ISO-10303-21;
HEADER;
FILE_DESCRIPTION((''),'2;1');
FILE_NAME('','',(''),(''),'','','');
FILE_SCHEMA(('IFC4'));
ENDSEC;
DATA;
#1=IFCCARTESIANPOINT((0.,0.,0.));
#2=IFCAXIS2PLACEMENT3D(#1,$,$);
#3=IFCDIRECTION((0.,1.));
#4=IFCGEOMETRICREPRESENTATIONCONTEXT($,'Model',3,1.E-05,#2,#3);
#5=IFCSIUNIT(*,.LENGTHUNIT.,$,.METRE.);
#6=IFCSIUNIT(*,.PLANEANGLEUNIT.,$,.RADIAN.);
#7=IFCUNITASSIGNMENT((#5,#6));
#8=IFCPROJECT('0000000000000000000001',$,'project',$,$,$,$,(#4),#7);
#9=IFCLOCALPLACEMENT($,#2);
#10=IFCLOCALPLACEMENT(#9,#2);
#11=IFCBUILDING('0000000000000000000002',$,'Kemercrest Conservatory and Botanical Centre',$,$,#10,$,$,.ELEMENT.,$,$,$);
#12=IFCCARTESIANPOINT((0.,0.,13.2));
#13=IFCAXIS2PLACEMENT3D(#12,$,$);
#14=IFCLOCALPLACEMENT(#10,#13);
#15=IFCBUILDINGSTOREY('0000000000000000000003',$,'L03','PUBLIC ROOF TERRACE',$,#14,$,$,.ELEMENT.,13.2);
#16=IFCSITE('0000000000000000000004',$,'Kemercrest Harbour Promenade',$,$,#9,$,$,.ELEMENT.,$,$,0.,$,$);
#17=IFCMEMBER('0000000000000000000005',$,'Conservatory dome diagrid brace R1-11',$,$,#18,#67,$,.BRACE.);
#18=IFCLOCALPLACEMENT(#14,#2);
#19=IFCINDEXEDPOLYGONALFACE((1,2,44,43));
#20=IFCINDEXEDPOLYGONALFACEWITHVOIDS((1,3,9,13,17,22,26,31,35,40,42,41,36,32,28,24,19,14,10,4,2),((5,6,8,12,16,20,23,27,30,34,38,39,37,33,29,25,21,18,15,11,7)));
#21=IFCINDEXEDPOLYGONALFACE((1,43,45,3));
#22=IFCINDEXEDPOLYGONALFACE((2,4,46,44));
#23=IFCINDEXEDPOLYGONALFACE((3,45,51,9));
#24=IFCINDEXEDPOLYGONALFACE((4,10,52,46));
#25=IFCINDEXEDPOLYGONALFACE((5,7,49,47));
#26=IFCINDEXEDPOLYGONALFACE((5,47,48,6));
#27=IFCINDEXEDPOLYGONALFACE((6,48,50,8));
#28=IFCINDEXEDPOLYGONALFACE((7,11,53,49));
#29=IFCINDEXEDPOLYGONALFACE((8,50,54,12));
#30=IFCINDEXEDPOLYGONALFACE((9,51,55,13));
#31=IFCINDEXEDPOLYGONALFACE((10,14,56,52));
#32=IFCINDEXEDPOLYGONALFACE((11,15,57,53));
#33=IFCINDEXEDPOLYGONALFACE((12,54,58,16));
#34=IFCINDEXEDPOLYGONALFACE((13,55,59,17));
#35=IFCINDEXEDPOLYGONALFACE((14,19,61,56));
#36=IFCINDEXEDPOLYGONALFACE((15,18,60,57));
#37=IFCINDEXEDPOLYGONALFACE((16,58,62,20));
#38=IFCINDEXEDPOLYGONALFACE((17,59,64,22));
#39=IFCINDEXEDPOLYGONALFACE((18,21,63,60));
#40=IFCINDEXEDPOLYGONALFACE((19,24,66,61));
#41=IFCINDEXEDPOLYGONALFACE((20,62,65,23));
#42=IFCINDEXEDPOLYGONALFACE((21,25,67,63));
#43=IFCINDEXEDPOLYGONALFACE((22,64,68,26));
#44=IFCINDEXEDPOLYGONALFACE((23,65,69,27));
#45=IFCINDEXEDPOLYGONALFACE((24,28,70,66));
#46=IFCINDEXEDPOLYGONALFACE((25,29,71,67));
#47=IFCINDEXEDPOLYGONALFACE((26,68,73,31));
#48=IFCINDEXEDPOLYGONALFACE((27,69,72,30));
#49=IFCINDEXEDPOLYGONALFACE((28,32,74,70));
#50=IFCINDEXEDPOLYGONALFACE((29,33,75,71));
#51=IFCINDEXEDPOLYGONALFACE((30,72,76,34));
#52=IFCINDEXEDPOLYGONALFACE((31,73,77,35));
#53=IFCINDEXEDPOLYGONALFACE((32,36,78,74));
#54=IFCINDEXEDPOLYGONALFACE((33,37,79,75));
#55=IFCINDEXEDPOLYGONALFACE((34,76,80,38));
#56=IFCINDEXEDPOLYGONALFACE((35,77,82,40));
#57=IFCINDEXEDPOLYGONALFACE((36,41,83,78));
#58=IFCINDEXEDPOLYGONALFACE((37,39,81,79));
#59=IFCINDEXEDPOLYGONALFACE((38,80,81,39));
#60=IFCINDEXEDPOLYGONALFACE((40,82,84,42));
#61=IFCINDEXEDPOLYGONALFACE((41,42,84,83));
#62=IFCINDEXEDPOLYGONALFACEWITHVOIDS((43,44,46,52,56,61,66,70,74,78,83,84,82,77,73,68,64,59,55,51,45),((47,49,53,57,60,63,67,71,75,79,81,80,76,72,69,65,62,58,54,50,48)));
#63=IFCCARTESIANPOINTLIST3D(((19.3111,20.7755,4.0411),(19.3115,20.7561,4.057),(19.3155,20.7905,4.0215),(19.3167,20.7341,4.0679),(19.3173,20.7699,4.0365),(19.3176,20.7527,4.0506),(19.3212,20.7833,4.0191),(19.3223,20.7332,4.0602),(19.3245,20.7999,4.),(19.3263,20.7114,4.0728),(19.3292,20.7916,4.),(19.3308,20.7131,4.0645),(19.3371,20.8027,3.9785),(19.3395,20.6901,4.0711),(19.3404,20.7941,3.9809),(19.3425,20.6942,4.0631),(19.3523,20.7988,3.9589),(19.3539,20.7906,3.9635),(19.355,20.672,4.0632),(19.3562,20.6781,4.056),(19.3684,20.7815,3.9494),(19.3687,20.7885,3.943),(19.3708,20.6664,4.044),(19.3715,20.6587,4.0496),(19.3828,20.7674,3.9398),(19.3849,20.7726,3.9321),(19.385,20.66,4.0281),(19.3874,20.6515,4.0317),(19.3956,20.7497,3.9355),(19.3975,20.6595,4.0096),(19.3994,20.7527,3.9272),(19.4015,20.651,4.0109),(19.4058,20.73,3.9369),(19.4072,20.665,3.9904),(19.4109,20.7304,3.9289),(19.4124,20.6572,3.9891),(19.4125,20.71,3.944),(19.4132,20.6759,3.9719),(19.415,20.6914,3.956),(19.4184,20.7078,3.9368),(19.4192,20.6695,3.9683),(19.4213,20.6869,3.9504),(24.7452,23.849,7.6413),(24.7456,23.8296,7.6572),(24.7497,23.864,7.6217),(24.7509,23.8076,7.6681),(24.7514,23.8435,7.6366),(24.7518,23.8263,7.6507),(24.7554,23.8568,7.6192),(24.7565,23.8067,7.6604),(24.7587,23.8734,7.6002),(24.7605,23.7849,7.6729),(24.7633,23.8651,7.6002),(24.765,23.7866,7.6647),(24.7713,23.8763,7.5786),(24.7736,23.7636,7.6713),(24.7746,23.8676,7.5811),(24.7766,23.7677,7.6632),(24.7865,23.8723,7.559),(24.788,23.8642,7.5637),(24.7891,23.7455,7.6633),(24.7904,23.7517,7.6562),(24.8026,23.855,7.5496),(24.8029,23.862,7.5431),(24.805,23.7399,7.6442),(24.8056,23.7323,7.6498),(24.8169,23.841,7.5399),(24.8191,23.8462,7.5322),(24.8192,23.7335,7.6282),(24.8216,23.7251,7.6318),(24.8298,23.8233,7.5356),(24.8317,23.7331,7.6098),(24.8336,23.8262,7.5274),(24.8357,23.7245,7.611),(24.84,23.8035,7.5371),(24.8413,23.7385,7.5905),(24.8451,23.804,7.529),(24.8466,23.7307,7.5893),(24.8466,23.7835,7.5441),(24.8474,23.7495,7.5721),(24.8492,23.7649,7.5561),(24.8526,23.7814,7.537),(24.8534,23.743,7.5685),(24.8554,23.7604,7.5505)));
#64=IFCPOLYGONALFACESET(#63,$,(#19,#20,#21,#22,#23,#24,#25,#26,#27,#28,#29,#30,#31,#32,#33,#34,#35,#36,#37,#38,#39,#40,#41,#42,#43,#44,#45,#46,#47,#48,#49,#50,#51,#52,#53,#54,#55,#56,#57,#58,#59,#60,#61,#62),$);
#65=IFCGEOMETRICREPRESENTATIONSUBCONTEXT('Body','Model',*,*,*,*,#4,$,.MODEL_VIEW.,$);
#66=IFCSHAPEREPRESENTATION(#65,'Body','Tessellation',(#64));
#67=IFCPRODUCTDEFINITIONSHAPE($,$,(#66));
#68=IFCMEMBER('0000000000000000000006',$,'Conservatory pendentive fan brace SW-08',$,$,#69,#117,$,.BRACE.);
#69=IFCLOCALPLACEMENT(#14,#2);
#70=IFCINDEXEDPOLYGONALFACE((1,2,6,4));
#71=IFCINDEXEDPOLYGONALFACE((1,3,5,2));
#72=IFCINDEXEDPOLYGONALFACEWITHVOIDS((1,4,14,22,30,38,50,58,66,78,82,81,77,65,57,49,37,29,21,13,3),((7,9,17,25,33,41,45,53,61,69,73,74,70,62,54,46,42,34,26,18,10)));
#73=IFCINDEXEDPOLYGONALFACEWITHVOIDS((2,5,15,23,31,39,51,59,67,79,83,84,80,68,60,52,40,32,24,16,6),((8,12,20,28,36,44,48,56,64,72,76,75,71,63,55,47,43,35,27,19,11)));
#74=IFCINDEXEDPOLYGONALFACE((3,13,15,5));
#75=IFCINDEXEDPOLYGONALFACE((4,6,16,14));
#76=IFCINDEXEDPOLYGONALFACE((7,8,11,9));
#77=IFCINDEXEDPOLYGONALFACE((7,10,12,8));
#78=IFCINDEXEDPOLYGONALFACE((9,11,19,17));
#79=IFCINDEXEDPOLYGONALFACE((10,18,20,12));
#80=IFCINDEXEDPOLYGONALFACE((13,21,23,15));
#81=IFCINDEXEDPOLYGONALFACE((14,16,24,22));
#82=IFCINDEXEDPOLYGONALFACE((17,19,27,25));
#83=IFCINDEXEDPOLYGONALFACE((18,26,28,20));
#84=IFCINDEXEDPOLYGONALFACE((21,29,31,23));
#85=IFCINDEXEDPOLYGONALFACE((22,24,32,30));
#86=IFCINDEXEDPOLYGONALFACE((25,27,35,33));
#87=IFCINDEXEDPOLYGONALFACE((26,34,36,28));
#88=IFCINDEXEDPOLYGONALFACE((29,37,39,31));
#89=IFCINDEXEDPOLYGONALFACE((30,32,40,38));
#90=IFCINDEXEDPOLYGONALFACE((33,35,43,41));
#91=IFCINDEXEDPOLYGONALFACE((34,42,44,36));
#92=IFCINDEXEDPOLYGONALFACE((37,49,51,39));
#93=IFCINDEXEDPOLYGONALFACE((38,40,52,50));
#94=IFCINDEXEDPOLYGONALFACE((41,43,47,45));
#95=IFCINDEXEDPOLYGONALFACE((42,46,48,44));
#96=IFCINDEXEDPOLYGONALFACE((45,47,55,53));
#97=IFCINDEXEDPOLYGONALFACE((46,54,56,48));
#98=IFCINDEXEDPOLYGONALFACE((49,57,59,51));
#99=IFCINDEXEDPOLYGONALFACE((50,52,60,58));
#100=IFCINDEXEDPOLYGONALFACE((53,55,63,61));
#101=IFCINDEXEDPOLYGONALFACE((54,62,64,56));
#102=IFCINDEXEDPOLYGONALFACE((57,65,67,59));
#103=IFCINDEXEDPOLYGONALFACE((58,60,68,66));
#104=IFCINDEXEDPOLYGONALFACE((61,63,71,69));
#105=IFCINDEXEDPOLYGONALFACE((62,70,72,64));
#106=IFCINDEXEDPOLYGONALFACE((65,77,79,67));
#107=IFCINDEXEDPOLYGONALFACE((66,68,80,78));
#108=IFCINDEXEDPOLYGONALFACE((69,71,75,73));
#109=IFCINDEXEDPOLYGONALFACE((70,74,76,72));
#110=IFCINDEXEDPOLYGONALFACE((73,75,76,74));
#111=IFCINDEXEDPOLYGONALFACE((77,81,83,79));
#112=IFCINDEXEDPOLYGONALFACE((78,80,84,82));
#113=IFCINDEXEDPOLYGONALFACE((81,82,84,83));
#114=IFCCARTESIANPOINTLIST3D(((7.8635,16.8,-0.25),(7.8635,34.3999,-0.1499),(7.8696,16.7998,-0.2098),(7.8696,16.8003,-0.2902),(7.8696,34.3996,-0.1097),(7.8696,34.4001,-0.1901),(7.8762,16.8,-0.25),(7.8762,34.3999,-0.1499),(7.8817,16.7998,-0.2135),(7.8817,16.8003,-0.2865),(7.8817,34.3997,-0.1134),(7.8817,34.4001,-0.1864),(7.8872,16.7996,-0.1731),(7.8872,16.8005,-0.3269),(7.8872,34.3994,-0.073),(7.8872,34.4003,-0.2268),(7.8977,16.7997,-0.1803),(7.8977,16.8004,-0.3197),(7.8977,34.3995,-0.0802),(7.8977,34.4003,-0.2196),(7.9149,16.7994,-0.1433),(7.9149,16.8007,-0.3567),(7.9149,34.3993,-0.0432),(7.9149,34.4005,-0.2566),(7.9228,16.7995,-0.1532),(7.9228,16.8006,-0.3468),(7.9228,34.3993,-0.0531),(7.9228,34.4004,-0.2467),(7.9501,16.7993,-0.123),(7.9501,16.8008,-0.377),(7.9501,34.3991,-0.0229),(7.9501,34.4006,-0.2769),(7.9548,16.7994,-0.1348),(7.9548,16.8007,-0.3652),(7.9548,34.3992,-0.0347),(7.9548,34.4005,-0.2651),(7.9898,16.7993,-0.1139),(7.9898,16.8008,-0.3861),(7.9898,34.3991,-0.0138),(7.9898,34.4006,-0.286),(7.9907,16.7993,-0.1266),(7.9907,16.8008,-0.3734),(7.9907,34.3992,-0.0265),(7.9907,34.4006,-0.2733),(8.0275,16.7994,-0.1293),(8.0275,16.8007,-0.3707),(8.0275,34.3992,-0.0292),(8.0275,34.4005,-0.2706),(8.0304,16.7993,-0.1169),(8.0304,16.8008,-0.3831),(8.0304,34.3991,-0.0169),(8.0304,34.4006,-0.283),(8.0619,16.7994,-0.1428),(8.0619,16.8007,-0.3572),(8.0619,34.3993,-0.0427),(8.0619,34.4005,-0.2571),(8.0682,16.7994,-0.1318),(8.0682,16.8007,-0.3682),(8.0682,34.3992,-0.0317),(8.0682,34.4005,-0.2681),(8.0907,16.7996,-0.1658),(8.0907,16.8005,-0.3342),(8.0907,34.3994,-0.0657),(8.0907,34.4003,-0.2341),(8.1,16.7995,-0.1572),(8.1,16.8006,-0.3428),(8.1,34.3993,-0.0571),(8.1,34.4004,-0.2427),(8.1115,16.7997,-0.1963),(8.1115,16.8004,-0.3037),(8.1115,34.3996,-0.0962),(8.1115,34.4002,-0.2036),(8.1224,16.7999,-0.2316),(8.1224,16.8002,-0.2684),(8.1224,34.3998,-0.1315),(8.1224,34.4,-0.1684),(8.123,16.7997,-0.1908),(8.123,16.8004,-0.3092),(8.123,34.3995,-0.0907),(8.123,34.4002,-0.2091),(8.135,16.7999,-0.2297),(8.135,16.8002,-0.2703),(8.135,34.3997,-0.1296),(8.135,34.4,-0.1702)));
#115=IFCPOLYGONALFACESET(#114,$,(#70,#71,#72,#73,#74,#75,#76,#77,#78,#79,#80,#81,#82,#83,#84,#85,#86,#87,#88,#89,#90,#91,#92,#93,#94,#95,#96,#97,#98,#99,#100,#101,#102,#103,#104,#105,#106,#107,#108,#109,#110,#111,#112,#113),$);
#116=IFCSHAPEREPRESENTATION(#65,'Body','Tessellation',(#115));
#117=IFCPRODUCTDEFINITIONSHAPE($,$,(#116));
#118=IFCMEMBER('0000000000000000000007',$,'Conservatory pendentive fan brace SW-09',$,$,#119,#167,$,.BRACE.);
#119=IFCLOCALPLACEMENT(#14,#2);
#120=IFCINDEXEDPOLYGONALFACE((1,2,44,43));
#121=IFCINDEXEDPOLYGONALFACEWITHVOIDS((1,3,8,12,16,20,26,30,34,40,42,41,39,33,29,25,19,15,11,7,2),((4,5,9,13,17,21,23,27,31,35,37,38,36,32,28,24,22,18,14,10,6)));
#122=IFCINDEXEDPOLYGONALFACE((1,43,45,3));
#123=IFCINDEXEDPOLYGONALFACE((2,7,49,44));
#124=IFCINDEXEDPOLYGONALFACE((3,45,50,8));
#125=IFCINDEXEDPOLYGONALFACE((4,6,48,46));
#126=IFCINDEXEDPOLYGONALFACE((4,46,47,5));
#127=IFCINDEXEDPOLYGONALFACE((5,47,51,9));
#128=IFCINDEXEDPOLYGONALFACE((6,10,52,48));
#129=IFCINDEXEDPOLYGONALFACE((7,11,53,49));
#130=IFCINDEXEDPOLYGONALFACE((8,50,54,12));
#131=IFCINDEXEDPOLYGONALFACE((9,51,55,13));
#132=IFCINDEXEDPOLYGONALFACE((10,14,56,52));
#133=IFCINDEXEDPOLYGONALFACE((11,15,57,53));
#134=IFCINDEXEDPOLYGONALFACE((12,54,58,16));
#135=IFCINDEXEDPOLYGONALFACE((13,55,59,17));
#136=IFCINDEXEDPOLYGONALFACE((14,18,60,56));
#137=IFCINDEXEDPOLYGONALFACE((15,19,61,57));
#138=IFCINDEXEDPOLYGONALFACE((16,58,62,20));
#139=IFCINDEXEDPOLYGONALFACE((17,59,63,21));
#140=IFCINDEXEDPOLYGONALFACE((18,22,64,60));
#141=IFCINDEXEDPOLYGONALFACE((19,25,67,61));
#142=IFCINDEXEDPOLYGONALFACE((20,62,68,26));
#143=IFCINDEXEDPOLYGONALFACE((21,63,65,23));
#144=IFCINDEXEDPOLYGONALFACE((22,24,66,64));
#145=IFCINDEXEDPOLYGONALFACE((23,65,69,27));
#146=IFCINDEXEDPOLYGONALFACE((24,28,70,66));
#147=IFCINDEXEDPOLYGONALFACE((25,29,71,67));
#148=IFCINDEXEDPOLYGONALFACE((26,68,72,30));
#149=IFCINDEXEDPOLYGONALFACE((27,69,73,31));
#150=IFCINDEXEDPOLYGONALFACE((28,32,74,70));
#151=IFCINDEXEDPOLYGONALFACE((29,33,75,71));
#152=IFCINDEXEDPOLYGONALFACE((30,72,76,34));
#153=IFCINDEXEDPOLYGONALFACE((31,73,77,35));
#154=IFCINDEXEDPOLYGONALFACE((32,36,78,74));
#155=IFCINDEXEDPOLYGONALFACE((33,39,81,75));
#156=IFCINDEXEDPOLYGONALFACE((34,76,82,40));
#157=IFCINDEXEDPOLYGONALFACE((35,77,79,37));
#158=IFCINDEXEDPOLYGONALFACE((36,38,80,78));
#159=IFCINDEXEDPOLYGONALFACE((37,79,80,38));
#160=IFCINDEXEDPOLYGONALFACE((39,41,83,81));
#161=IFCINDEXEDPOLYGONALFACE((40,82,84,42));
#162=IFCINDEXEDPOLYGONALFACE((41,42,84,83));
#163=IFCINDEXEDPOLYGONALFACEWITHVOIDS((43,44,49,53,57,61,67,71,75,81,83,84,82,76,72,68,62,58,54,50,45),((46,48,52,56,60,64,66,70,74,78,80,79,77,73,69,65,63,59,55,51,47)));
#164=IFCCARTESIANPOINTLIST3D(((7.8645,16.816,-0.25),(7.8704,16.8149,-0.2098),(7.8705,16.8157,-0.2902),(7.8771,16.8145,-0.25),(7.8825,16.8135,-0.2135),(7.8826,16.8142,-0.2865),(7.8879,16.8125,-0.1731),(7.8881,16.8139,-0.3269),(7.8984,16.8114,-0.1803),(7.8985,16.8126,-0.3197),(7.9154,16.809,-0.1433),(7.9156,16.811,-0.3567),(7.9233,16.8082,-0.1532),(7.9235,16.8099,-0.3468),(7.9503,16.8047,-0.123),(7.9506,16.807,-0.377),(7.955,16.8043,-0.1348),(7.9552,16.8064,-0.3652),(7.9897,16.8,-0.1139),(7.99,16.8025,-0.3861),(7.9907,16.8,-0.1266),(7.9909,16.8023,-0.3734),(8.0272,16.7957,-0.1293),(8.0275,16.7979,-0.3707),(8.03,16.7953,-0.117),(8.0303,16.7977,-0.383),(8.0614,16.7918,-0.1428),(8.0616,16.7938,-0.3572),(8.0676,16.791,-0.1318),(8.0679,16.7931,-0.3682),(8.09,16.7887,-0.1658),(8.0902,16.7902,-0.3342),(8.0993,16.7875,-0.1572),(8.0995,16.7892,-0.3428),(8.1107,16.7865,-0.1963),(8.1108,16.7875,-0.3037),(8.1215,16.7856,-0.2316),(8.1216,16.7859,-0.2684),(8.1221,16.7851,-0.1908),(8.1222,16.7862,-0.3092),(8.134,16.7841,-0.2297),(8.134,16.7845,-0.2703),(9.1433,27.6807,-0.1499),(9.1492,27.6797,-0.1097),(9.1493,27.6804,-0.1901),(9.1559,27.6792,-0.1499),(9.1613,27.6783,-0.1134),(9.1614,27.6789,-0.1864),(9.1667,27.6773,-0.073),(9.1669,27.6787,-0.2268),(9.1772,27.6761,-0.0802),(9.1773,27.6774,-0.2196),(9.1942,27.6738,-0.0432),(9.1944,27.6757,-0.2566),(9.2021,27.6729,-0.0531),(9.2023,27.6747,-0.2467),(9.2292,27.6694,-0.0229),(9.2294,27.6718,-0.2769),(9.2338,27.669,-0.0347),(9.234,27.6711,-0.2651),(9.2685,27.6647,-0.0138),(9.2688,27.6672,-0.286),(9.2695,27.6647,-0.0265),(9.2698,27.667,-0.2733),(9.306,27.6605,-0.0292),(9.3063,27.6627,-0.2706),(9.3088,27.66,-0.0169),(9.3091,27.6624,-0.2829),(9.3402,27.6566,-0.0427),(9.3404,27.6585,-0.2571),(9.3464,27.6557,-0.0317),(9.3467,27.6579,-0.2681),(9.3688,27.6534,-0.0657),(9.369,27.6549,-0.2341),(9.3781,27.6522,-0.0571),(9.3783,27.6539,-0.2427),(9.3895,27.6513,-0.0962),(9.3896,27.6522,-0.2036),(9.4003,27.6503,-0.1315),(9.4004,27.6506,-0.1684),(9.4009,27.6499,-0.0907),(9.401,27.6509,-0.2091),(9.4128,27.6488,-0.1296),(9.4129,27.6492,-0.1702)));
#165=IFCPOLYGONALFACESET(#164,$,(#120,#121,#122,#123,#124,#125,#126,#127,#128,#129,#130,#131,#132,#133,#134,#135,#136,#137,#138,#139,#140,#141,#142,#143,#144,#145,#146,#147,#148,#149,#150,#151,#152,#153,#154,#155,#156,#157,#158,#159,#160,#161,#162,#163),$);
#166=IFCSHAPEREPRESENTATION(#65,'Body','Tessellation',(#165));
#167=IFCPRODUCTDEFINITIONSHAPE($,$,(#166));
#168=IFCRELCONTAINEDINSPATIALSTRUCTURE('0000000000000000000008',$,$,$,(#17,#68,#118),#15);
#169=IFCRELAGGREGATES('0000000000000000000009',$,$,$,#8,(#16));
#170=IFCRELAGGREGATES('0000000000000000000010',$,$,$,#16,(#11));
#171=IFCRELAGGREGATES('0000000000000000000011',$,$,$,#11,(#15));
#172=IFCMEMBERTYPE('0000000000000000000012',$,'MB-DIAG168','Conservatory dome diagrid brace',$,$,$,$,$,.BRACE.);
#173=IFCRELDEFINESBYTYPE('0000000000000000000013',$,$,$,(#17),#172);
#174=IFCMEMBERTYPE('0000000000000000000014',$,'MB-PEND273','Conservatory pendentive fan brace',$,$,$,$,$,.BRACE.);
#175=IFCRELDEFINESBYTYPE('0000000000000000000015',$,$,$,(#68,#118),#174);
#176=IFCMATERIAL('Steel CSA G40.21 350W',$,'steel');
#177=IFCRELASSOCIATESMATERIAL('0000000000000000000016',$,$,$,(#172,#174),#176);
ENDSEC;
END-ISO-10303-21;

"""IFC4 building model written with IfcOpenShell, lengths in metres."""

from ifc_helpers import new_model, si_unit, direction, frame, origin, origin_2d, place, context, subcontext, project, spatial, hollow_circle, extrude, material, material_profile, profile_set, type_object, element, save


model = new_model("IFC4")

# Units and contexts
model_context = context("Model", 3, precision=1e-05, world=origin(), true_north=direction((0.0, 1.0)))
body_context = subcontext(model_context, "Body", "Model", "MODEL_VIEW")
ifc_project = project(units=[si_unit("LENGTHUNIT", "METRE"), si_unit("PLANEANGLEUNIT", "RADIAN")], contexts=[model_context])

# Site, building, storey
site_placement = place(None, origin())
site = spatial("IfcSite", under=ifc_project, at=site_placement, Name="Kemercrest Harbour Promenade", CompositionType="ELEMENT", RefElevation=0.0)
building_placement = place(site_placement, origin())
building = spatial("IfcBuilding", under=site, at=building_placement, Name="Kemercrest Conservatory and Botanical Centre", CompositionType="ELEMENT")
storey_placement = place(building_placement, frame((0.0, 0.0, 13.2)))
storey = spatial("IfcBuildingStorey", under=building, at=storey_placement, Name="L03", Description="PUBLIC ROOF TERRACE", CompositionType="ELEMENT", Elevation=13.2)

# Shared definitions
ifc_material_1 = material(Name="Steel CSA G40.21 350W", Category="steel")

# Members
ifc_material_profile_1 = material_profile(ifc_material_1, hollow_circle(Radius=0.0842, WallThickness=0.0095, at=origin_2d()), Name="CHS 168.3x9.5")
ifc_profile_set_1 = profile_set([ifc_material_profile_1], Name="Steel CSA G40.21 350W")
member_type_1 = type_object("IfcMemberType", Name="MB-DIAG168", Description="Conservatory dome diagrid brace", PredefinedType="BRACE", material=ifc_profile_set_1)
member_1_placement = place(storey_placement, frame((19.366, 20.7266, 4.0), z_axis=(0.754034, 0.426477, 0.49955), x_axis=(-0.492306, 0.870422, 0.0)))
element("IfcMember", 1, at=member_1_placement, inside=storey, type_object=member_type_1, Name="Conservatory dome diagrid brace R1-11", PredefinedType="BRACE", context=body_context, shape_type="SweptSolid", body=[
    extrude(hollow_circle(Radius=0.0842, WallThickness=0.0095, at=origin_2d()), origin(), (0.0, 0.0, 1.0), 7.2068),
])
ifc_material_profile_2 = material_profile(ifc_material_1, hollow_circle(Radius=0.1365, WallThickness=0.0127, at=origin_2d()), Name="CHS 273.1x12.7")
ifc_profile_set_2 = profile_set([ifc_material_profile_2], Name="Steel CSA G40.21 350W")
member_type_2 = type_object("IfcMemberType", Name="MB-PEND273", Description="Conservatory pendentive fan brace", PredefinedType="BRACE", material=ifc_profile_set_2)
member_2_placement = place(storey_placement, frame((8.0, 16.8, -0.25), z_axis=(0.0, 0.999984, 0.005687), x_axis=(-1.0, 0.0, 0.0)))
element("IfcMember", 2, at=member_2_placement, inside=storey, type_object=member_type_2, Name="Conservatory pendentive fan brace SW-08", PredefinedType="BRACE", context=body_context, shape_type="SweptSolid", body=[
    extrude(hollow_circle(Radius=0.1365, WallThickness=0.0127, at=origin_2d()), origin(), (0.0, 0.0, 1.0), 17.6001),
])
member_3_placement = place(storey_placement, frame((8.0, 16.8, -0.25), z_axis=(0.116891, 0.993103, 0.00915), x_axis=(-0.993144, 0.116896, 0.0)))
element("IfcMember", 3, at=member_3_placement, inside=storey, type_object=member_type_2, Name="Conservatory pendentive fan brace SW-09", PredefinedType="BRACE", context=body_context, shape_type="SweptSolid", body=[
    extrude(hollow_circle(Radius=0.1365, WallThickness=0.0127, at=origin_2d()), origin(), (0.0, 0.0, 1.0), 10.9402),
])

save(model, "model.ifc")
